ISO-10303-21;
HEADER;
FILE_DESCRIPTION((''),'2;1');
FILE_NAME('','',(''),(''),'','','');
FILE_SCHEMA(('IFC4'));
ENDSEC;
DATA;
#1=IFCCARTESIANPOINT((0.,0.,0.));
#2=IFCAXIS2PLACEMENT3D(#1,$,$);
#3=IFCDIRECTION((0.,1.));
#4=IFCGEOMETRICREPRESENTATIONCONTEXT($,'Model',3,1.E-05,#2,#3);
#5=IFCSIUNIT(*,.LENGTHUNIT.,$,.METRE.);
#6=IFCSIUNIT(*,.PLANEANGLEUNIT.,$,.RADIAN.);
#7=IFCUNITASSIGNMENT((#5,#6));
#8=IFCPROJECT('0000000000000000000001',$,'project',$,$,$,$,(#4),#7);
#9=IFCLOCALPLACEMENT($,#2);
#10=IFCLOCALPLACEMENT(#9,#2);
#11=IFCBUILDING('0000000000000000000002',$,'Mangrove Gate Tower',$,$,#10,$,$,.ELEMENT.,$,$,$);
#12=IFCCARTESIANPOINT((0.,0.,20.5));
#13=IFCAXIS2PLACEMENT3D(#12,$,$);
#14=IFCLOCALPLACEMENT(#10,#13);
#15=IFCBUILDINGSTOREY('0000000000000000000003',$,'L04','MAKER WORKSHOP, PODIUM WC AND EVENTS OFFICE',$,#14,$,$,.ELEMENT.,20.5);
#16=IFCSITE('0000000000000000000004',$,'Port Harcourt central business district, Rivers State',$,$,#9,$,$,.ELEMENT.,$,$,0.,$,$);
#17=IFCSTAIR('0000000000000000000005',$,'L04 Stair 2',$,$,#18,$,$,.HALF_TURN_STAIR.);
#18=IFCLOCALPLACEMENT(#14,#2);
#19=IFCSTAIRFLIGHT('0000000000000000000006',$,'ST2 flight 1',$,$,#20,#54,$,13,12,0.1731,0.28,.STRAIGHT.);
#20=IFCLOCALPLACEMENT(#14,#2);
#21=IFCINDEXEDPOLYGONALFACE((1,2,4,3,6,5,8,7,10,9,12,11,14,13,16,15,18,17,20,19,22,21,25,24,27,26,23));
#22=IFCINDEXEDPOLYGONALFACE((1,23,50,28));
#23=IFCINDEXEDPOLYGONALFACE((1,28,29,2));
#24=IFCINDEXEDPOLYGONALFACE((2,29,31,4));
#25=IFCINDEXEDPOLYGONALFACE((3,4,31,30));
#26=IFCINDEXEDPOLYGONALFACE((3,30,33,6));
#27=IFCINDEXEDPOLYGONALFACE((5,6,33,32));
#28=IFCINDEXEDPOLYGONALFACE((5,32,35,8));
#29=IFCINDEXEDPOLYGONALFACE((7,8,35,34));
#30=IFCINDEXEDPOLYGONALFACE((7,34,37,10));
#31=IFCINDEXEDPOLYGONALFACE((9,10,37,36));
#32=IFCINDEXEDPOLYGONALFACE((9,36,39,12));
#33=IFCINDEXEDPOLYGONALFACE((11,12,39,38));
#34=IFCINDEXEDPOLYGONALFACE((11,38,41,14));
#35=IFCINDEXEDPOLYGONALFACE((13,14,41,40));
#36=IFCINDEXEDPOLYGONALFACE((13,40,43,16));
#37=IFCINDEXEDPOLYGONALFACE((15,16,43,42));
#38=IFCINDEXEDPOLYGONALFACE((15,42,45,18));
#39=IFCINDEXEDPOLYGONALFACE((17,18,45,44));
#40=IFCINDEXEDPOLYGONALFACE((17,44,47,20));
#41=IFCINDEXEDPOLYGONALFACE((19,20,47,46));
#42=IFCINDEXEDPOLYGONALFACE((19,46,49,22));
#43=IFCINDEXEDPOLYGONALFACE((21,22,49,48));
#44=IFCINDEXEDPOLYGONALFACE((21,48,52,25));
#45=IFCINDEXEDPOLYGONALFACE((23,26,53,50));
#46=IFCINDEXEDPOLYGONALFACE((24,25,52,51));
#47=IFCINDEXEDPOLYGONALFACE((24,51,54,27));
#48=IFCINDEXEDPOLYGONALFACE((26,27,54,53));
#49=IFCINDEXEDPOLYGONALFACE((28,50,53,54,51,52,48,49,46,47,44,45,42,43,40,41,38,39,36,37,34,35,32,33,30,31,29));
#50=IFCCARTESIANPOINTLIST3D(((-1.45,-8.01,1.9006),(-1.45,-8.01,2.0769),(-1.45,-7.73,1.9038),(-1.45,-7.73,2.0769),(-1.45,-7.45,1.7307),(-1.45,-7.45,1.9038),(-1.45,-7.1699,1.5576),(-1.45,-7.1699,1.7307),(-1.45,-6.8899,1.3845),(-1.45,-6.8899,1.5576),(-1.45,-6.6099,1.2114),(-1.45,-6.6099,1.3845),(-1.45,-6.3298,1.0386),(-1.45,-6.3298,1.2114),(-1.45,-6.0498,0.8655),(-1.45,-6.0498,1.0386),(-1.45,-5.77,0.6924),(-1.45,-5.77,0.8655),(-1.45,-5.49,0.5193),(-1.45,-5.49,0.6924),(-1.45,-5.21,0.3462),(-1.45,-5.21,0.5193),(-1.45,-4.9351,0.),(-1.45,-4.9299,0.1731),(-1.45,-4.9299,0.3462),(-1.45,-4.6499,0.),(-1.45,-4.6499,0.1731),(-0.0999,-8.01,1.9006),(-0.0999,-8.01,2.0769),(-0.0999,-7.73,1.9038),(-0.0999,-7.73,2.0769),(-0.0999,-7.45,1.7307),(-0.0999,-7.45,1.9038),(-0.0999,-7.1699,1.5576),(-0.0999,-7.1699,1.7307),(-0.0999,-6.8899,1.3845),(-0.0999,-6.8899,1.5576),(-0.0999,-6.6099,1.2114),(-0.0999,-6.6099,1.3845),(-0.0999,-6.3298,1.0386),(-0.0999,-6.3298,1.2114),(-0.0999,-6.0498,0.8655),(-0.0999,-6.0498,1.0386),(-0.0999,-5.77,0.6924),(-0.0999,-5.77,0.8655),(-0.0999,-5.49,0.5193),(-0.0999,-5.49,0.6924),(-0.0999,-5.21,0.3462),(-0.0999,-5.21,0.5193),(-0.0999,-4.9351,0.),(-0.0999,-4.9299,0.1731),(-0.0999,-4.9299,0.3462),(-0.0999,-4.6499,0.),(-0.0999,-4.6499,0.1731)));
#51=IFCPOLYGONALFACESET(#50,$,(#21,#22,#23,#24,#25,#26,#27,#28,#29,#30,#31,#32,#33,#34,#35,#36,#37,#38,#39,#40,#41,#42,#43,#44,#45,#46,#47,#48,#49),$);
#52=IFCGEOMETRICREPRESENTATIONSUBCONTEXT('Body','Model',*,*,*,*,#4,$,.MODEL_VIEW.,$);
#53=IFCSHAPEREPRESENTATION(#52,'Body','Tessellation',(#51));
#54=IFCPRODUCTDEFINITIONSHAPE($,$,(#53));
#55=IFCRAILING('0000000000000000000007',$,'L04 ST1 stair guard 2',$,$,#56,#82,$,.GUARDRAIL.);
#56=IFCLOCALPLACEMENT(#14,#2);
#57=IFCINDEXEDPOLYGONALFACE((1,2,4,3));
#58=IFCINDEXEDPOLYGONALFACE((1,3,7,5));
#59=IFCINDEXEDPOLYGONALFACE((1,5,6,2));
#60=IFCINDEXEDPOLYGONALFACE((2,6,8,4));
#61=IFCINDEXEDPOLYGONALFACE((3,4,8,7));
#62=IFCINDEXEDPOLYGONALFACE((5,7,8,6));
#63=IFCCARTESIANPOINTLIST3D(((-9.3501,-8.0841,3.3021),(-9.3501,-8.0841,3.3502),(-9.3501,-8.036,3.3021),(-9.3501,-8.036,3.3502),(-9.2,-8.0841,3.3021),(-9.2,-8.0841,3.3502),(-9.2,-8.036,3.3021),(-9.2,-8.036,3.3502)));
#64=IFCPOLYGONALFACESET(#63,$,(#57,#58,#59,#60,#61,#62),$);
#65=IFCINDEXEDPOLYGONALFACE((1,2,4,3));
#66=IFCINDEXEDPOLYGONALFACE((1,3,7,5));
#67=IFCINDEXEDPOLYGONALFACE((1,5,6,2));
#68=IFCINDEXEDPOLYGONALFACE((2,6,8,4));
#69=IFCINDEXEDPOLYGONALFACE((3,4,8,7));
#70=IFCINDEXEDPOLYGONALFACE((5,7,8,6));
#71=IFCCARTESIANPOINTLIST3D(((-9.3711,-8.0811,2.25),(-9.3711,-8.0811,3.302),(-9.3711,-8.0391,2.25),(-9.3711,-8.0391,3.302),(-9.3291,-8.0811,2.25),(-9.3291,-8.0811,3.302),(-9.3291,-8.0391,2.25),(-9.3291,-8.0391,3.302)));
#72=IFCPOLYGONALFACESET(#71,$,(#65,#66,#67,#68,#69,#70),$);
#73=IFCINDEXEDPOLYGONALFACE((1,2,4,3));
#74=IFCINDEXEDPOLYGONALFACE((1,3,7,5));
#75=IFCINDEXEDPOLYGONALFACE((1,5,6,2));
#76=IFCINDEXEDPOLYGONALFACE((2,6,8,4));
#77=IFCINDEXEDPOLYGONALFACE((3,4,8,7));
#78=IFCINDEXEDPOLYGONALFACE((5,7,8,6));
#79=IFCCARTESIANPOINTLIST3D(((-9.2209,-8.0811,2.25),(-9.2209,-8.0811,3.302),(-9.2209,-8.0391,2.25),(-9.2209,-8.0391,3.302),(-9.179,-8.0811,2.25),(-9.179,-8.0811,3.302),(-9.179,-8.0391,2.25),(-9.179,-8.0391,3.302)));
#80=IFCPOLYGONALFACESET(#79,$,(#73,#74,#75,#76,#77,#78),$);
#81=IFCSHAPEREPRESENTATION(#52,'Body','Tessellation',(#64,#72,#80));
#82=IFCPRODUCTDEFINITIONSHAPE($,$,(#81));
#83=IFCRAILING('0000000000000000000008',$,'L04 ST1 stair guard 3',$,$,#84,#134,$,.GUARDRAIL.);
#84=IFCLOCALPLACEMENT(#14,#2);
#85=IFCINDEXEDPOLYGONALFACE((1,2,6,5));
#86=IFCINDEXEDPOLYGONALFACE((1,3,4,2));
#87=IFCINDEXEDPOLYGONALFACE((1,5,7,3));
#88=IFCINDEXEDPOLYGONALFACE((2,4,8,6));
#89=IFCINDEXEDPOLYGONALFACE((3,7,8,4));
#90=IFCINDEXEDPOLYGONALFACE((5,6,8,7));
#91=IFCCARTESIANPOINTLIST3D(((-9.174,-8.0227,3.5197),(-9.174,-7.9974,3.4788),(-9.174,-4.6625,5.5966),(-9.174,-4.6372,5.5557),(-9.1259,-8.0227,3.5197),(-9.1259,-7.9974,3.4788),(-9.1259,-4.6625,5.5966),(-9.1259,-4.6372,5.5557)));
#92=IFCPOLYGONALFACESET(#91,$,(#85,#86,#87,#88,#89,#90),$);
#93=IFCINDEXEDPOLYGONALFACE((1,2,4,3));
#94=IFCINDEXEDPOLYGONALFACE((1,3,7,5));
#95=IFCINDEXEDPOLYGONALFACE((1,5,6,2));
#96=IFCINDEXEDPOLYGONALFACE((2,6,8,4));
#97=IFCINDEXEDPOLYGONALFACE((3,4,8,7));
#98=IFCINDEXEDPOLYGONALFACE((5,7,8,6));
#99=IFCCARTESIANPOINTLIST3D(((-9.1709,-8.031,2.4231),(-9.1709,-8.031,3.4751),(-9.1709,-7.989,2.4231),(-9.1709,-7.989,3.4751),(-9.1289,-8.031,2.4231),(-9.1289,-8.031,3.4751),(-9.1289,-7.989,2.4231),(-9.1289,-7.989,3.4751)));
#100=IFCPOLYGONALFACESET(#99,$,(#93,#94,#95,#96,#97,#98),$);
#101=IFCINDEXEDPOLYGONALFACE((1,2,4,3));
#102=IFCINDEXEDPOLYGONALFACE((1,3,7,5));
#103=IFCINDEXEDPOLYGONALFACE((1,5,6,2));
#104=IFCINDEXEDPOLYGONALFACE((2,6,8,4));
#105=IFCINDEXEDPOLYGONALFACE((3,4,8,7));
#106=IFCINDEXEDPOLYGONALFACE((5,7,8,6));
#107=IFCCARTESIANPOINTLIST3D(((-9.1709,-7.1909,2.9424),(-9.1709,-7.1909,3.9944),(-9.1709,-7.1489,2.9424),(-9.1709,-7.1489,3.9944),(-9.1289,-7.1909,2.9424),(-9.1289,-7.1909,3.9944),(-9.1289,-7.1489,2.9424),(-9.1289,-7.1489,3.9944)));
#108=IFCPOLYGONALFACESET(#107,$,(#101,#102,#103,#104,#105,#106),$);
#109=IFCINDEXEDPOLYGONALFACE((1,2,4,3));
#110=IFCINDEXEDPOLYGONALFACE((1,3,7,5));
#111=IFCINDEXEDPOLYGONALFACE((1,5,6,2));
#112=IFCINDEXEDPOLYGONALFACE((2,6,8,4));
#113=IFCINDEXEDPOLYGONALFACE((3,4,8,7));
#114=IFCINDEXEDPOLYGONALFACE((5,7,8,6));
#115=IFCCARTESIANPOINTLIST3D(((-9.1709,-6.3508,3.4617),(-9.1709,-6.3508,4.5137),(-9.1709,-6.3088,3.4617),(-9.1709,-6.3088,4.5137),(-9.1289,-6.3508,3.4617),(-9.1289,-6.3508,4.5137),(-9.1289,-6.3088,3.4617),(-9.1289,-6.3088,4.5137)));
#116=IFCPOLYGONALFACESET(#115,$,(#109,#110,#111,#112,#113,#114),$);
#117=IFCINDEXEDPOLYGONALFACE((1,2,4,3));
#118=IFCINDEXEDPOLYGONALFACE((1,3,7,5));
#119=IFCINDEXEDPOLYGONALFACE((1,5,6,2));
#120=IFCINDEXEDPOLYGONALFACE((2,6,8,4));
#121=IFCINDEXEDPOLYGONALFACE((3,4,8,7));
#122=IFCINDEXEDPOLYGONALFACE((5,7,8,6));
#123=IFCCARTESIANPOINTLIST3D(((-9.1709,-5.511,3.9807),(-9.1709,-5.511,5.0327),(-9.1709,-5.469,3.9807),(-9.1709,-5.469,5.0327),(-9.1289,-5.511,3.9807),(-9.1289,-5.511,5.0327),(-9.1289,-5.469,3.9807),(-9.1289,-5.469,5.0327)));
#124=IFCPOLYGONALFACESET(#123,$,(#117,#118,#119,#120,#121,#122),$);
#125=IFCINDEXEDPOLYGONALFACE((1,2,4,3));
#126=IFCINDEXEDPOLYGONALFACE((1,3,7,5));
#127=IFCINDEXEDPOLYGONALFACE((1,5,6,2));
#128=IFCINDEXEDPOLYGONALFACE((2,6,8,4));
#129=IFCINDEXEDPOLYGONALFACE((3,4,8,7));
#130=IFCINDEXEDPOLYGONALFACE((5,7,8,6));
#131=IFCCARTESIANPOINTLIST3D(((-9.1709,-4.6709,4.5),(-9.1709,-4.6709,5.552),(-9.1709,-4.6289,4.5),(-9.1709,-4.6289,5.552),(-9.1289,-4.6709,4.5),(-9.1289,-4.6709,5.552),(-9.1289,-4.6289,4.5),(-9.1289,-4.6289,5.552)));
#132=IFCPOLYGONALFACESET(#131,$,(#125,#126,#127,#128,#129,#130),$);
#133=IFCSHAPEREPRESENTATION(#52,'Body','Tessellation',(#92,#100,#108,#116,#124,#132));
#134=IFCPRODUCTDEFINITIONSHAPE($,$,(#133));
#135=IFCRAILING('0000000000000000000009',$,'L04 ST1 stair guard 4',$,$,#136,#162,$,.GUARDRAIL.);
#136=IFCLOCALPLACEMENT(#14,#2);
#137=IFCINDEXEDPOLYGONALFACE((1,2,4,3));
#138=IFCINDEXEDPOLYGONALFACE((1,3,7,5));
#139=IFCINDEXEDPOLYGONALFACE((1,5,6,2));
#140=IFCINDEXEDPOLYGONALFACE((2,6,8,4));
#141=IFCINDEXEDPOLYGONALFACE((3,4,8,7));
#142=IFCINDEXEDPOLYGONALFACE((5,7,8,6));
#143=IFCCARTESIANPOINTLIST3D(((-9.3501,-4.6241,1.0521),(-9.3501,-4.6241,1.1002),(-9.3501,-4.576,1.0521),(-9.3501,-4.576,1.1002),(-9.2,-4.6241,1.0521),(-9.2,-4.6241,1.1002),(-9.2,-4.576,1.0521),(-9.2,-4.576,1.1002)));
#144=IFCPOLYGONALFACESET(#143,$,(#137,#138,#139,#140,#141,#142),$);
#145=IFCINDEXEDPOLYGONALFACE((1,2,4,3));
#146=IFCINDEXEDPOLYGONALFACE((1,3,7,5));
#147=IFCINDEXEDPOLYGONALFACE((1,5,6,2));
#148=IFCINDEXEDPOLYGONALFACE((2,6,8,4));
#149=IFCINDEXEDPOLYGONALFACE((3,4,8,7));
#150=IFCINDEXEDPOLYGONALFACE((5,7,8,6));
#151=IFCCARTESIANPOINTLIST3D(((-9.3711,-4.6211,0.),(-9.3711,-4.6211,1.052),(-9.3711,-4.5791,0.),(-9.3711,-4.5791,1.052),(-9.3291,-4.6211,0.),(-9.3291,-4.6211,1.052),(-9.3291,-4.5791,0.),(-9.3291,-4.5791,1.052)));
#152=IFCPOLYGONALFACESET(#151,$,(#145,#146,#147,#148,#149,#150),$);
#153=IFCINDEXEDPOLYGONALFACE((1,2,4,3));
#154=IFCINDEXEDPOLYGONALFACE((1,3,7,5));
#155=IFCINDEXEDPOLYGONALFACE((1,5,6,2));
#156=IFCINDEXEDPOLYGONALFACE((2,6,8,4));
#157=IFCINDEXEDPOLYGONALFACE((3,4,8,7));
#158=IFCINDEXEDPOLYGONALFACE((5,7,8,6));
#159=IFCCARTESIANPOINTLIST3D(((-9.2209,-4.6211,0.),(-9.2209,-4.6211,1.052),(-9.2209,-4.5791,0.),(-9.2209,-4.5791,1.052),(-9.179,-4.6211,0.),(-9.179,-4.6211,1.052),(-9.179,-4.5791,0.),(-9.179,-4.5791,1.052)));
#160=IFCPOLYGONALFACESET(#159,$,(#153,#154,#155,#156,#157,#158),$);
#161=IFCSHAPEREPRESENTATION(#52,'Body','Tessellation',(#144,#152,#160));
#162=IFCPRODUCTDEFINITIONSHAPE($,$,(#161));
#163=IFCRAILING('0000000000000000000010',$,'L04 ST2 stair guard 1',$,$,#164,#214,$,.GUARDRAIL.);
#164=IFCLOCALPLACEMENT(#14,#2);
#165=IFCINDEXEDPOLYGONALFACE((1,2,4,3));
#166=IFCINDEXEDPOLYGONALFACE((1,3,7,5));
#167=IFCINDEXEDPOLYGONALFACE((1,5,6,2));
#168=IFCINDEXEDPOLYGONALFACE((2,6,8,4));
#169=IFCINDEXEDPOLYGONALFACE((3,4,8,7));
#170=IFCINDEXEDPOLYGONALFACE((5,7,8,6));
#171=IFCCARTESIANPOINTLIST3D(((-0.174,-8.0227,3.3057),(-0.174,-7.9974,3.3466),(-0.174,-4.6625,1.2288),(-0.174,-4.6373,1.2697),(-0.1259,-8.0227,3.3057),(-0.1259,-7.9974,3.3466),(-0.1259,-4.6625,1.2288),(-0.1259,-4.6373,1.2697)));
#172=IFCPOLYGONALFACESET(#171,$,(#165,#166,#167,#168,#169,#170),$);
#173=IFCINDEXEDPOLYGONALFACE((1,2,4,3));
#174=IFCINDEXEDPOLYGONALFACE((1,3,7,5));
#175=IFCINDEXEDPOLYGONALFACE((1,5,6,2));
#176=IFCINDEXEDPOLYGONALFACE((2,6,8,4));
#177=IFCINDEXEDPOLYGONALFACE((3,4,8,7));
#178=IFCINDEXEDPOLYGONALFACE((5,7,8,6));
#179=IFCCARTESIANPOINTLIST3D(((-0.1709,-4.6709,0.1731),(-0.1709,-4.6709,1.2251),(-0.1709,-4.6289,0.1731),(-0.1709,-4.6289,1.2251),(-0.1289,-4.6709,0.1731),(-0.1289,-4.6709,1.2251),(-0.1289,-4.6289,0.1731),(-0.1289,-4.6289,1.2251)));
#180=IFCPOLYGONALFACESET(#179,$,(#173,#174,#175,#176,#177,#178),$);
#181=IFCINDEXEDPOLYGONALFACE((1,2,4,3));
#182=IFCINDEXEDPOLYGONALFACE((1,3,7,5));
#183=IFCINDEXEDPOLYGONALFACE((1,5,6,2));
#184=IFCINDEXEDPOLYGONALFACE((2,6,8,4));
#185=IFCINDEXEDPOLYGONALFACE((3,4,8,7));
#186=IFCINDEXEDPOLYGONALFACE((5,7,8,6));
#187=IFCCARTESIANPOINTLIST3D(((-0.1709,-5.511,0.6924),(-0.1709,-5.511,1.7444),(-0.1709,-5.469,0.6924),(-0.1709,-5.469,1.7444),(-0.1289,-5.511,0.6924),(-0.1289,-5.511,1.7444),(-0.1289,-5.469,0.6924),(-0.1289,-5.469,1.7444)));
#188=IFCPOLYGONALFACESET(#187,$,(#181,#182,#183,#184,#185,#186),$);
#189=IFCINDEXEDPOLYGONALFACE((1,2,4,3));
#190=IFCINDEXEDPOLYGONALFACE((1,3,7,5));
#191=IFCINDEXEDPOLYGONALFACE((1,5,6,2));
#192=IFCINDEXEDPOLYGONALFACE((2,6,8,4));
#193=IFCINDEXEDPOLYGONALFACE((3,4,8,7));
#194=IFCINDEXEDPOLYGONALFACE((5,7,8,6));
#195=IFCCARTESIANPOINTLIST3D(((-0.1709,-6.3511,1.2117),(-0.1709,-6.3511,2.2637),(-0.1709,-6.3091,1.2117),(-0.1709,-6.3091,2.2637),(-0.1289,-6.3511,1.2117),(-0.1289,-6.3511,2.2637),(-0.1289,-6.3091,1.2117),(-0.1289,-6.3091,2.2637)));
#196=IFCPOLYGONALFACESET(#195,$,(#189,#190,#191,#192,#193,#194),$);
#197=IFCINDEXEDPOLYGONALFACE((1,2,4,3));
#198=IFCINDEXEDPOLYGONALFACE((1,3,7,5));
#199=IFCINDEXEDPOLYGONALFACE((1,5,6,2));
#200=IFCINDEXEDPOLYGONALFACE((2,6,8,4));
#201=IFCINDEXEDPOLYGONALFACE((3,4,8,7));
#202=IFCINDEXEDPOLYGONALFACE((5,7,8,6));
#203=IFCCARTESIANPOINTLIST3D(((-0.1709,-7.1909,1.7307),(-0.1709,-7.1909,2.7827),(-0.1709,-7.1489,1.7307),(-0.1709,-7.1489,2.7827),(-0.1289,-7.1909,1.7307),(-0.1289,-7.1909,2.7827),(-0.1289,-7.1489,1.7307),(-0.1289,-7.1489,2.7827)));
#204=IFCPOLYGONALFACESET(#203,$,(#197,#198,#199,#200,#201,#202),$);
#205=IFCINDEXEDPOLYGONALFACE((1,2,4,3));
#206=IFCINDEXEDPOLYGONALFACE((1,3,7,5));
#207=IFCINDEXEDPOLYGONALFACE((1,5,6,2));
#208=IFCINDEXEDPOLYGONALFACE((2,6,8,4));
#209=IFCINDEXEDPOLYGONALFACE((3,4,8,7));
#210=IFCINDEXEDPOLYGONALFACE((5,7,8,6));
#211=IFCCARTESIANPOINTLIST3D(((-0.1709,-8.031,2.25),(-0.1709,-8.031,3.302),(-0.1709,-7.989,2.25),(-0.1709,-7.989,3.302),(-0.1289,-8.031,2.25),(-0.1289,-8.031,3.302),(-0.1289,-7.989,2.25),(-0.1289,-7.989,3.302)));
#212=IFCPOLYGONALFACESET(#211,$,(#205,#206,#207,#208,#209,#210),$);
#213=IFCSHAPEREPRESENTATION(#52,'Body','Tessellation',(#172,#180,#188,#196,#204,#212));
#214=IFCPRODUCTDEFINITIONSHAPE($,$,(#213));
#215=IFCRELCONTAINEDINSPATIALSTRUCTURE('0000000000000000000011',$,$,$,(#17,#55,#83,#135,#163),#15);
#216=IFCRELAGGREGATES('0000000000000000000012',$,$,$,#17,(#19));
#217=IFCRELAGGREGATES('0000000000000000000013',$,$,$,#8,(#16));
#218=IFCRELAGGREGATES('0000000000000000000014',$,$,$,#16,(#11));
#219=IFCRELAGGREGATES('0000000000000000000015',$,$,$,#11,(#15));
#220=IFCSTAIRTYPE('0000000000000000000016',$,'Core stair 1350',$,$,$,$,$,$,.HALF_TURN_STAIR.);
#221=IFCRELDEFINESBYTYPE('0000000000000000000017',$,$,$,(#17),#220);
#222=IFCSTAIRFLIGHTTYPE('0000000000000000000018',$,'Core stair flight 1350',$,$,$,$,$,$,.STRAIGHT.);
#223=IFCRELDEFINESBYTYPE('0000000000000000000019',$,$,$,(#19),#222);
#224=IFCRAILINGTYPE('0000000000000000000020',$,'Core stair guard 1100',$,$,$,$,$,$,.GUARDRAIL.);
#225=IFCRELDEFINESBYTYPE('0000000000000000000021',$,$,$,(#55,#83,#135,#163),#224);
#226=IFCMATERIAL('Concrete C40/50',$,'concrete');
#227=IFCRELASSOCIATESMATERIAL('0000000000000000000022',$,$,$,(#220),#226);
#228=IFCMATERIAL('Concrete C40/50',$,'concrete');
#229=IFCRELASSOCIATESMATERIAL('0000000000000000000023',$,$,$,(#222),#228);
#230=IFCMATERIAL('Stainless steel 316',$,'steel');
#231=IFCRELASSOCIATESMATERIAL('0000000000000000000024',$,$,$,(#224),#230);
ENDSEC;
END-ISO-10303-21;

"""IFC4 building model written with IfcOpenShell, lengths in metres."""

from ifc_helpers import new_model, si_unit, direction, frame, origin, origin_2d, place, context, subcontext, project, spatial, polyline, rectangle, outline, extrude, material, type_object, element, aggregate, save


model = new_model("IFC4")

# Units and contexts
model_context = context("Model", 3, precision=1e-05, world=origin(), true_north=direction((0.0, 1.0)))
body_context = subcontext(model_context, "Body", "Model", "MODEL_VIEW")
ifc_project = project(units=[si_unit("LENGTHUNIT", "METRE"), si_unit("PLANEANGLEUNIT", "RADIAN")], contexts=[model_context])

# Site, building, storey
site_placement = place(None, origin())
site = spatial("IfcSite", under=ifc_project, at=site_placement, Name="Port Harcourt central business district, Rivers State", CompositionType="ELEMENT", RefElevation=0.0)
building_placement = place(site_placement, origin())
building = spatial("IfcBuilding", under=site, at=building_placement, Name="Mangrove Gate Tower", CompositionType="ELEMENT")
storey_placement = place(building_placement, frame((0.0, 0.0, 20.5)))
storey = spatial("IfcBuildingStorey", under=building, at=storey_placement, Name="L04", Description="MAKER WORKSHOP, PODIUM WC AND EVENTS OFFICE", CompositionType="ELEMENT", Elevation=20.5)

# Stair, stair flight
ifc_material_1 = material(Name="Concrete C40/50", Category="concrete")
stair_type = type_object("IfcStairType", Name="Core stair 1350", PredefinedType="HALF_TURN_STAIR", material=ifc_material_1)
ifc_material_2 = material(Name="Concrete C40/50", Category="concrete")
stair_flight_type = type_object("IfcStairFlightType", Name="Core stair flight 1350", PredefinedType="STRAIGHT", material=ifc_material_2)
stair_1_placement = place(storey_placement, origin())
stair_1 = element("IfcStair", 1, at=stair_1_placement, inside=storey, type_object=stair_type, Name="L04 Stair 2", PredefinedType="HALF_TURN_STAIR")
stair_flight_1_placement = place(storey_placement, frame((-0.7749, -4.6499, 0.0), z_axis=(0.0, 0.0, 1.0), x_axis=(0.0, -1.0, 0.0)))
stair_flight_1 = element("IfcStairFlight", 2, at=stair_flight_1_placement, type_object=stair_flight_type, Name="ST2 flight 1", NumberOfRisers=13, NumberOfTreads=12, PredefinedType="STRAIGHT", RiserHeight=0.1731, TreadLength=0.28, context=body_context, shape_type="SweptSolid", body=[
    extrude(outline(polyline([(0.0, 0.0), (0.0, 0.1731), (0.28, 0.1731), (0.28, 0.3462), (0.5601, 0.3462), (0.5601, 0.5193), (0.8401, 0.5193), (0.8401, 0.6924), (1.1201, 0.6924), (1.1201, 0.8655), (1.3999, 0.8655), (1.3999, 1.0386), (1.6799, 1.0386), (1.6799, 1.2114), (1.96, 1.2114), (1.96, 1.3845), (2.24, 1.3845), (2.24, 1.5576), (2.52, 1.5576), (2.52, 1.7307), (2.8, 1.7307), (2.8, 1.9038), (3.0801, 1.9038), (3.0801, 2.0769), (3.3601, 2.0769), (3.3601, 2.25), (3.3601, 1.9006), (0.2852, 0.0), (0.0, 0.0)])), frame((0.0, 0.675, 0.0), z_axis=(0.0, -1.0, 0.0), x_axis=(1.0, 0.0, 0.0)), (0.0, 0.0, 1.0), 1.3501),
])
aggregate(stair_1, [stair_flight_1])

# Railings
ifc_material_3 = material(Name="Stainless steel 316", Category="steel")
railing_type_1 = type_object("IfcRailingType", Name="Core stair guard 1100", PredefinedType="GUARDRAIL", material=ifc_material_3)
railing_1_placement = place(storey_placement, frame((-9.3501, -8.0601, 2.25)))
element("IfcRailing", 3, at=railing_1_placement, inside=storey, type_object=railing_type_1, Name="L04 ST1 stair guard 2", PredefinedType="GUARDRAIL", context=body_context, shape_type="SweptSolid", body=[
    extrude(rectangle(XDim=0.0481, YDim=0.0481, at=origin_2d()), frame((0.0, 0.0, 1.0762), z_axis=(1.0, 0.0, 0.0), x_axis=(0.0, 1.0, 0.0)), (0.0, 0.0, 1.0), 0.1501),
    extrude(rectangle(XDim=0.042, YDim=0.042, at=origin_2d()), origin(), (0.0, 0.0, 1.0), 1.052),
    extrude(rectangle(XDim=0.042, YDim=0.042, at=origin_2d()), frame((0.1501, 0.0, 0.0)), (0.0, 0.0, 1.0), 1.052),
])
railing_2_placement = place(storey_placement, frame((-9.1499, -8.01, 2.4231)))
element("IfcRailing", 4, at=railing_2_placement, inside=storey, type_object=railing_type_1, Name="L04 ST1 stair guard 3", PredefinedType="GUARDRAIL", context=body_context, shape_type="SweptSolid", body=[
    extrude(rectangle(XDim=0.0481, YDim=0.0481, at=origin_2d()), frame((0.0, 0.0, 1.0762), z_axis=(0.0, 0.850623, 0.525776), x_axis=(-1.0, 0.0, 0.0)), (0.0, 0.0, 1.0), 3.9502),
    extrude(rectangle(XDim=0.042, YDim=0.042, at=origin_2d()), origin(), (0.0, 0.0, 1.0), 1.052),
    extrude(rectangle(XDim=0.042, YDim=0.042, at=origin_2d()), frame((0.0, 0.8401, 0.5193)), (0.0, 0.0, 1.0), 1.052),
    extrude(rectangle(XDim=0.042, YDim=0.042, at=origin_2d()), frame((0.0, 1.6802, 1.0386)), (0.0, 0.0, 1.0), 1.052),
    extrude(rectangle(XDim=0.042, YDim=0.042, at=origin_2d()), frame((0.0, 2.52, 1.5576)), (0.0, 0.0, 1.0), 1.052),
    extrude(rectangle(XDim=0.042, YDim=0.042, at=origin_2d()), frame((0.0, 3.3601, 2.0769)), (0.0, 0.0, 1.0), 1.052),
])
railing_3_placement = place(storey_placement, frame((-9.3501, -4.6001, 0.0)))
element("IfcRailing", 5, at=railing_3_placement, inside=storey, type_object=railing_type_1, Name="L04 ST1 stair guard 4", PredefinedType="GUARDRAIL", context=body_context, shape_type="SweptSolid", body=[
    extrude(rectangle(XDim=0.0481, YDim=0.0481, at=origin_2d()), frame((0.0, 0.0, 1.0762), z_axis=(1.0, 0.0, 0.0), x_axis=(0.0, 1.0, 0.0)), (0.0, 0.0, 1.0), 0.1501),
    extrude(rectangle(XDim=0.042, YDim=0.042, at=origin_2d()), origin(), (0.0, 0.0, 1.0), 1.052),
    extrude(rectangle(XDim=0.042, YDim=0.042, at=origin_2d()), frame((0.1501, 0.0, 0.0)), (0.0, 0.0, 1.0), 1.052),
])
railing_4_placement = place(storey_placement, frame((-0.1499, -4.6499, 0.1731)))
element("IfcRailing", 6, at=railing_4_placement, inside=storey, type_object=railing_type_1, Name="L04 ST2 stair guard 1", PredefinedType="GUARDRAIL", context=body_context, shape_type="SweptSolid", body=[
    extrude(rectangle(XDim=0.0481, YDim=0.0481, at=origin_2d()), frame((0.0, 0.0, 1.0762), z_axis=(0.0, -0.850623, 0.525776), x_axis=(1.0, 0.0, 0.0)), (0.0, 0.0, 1.0), 3.9502),
    extrude(rectangle(XDim=0.042, YDim=0.042, at=origin_2d()), origin(), (0.0, 0.0, 1.0), 1.052),
    extrude(rectangle(XDim=0.042, YDim=0.042, at=origin_2d()), frame((0.0, -0.8401, 0.5193)), (0.0, 0.0, 1.0), 1.052),
    extrude(rectangle(XDim=0.042, YDim=0.042, at=origin_2d()), frame((0.0, -1.6802, 1.0386)), (0.0, 0.0, 1.0), 1.052),
    extrude(rectangle(XDim=0.042, YDim=0.042, at=origin_2d()), frame((0.0, -2.52, 1.5576)), (0.0, 0.0, 1.0), 1.052),
    extrude(rectangle(XDim=0.042, YDim=0.042, at=origin_2d()), frame((0.0, -3.3601, 2.0769)), (0.0, 0.0, 1.0), 1.052),
])

save(model, "model.ifc")
